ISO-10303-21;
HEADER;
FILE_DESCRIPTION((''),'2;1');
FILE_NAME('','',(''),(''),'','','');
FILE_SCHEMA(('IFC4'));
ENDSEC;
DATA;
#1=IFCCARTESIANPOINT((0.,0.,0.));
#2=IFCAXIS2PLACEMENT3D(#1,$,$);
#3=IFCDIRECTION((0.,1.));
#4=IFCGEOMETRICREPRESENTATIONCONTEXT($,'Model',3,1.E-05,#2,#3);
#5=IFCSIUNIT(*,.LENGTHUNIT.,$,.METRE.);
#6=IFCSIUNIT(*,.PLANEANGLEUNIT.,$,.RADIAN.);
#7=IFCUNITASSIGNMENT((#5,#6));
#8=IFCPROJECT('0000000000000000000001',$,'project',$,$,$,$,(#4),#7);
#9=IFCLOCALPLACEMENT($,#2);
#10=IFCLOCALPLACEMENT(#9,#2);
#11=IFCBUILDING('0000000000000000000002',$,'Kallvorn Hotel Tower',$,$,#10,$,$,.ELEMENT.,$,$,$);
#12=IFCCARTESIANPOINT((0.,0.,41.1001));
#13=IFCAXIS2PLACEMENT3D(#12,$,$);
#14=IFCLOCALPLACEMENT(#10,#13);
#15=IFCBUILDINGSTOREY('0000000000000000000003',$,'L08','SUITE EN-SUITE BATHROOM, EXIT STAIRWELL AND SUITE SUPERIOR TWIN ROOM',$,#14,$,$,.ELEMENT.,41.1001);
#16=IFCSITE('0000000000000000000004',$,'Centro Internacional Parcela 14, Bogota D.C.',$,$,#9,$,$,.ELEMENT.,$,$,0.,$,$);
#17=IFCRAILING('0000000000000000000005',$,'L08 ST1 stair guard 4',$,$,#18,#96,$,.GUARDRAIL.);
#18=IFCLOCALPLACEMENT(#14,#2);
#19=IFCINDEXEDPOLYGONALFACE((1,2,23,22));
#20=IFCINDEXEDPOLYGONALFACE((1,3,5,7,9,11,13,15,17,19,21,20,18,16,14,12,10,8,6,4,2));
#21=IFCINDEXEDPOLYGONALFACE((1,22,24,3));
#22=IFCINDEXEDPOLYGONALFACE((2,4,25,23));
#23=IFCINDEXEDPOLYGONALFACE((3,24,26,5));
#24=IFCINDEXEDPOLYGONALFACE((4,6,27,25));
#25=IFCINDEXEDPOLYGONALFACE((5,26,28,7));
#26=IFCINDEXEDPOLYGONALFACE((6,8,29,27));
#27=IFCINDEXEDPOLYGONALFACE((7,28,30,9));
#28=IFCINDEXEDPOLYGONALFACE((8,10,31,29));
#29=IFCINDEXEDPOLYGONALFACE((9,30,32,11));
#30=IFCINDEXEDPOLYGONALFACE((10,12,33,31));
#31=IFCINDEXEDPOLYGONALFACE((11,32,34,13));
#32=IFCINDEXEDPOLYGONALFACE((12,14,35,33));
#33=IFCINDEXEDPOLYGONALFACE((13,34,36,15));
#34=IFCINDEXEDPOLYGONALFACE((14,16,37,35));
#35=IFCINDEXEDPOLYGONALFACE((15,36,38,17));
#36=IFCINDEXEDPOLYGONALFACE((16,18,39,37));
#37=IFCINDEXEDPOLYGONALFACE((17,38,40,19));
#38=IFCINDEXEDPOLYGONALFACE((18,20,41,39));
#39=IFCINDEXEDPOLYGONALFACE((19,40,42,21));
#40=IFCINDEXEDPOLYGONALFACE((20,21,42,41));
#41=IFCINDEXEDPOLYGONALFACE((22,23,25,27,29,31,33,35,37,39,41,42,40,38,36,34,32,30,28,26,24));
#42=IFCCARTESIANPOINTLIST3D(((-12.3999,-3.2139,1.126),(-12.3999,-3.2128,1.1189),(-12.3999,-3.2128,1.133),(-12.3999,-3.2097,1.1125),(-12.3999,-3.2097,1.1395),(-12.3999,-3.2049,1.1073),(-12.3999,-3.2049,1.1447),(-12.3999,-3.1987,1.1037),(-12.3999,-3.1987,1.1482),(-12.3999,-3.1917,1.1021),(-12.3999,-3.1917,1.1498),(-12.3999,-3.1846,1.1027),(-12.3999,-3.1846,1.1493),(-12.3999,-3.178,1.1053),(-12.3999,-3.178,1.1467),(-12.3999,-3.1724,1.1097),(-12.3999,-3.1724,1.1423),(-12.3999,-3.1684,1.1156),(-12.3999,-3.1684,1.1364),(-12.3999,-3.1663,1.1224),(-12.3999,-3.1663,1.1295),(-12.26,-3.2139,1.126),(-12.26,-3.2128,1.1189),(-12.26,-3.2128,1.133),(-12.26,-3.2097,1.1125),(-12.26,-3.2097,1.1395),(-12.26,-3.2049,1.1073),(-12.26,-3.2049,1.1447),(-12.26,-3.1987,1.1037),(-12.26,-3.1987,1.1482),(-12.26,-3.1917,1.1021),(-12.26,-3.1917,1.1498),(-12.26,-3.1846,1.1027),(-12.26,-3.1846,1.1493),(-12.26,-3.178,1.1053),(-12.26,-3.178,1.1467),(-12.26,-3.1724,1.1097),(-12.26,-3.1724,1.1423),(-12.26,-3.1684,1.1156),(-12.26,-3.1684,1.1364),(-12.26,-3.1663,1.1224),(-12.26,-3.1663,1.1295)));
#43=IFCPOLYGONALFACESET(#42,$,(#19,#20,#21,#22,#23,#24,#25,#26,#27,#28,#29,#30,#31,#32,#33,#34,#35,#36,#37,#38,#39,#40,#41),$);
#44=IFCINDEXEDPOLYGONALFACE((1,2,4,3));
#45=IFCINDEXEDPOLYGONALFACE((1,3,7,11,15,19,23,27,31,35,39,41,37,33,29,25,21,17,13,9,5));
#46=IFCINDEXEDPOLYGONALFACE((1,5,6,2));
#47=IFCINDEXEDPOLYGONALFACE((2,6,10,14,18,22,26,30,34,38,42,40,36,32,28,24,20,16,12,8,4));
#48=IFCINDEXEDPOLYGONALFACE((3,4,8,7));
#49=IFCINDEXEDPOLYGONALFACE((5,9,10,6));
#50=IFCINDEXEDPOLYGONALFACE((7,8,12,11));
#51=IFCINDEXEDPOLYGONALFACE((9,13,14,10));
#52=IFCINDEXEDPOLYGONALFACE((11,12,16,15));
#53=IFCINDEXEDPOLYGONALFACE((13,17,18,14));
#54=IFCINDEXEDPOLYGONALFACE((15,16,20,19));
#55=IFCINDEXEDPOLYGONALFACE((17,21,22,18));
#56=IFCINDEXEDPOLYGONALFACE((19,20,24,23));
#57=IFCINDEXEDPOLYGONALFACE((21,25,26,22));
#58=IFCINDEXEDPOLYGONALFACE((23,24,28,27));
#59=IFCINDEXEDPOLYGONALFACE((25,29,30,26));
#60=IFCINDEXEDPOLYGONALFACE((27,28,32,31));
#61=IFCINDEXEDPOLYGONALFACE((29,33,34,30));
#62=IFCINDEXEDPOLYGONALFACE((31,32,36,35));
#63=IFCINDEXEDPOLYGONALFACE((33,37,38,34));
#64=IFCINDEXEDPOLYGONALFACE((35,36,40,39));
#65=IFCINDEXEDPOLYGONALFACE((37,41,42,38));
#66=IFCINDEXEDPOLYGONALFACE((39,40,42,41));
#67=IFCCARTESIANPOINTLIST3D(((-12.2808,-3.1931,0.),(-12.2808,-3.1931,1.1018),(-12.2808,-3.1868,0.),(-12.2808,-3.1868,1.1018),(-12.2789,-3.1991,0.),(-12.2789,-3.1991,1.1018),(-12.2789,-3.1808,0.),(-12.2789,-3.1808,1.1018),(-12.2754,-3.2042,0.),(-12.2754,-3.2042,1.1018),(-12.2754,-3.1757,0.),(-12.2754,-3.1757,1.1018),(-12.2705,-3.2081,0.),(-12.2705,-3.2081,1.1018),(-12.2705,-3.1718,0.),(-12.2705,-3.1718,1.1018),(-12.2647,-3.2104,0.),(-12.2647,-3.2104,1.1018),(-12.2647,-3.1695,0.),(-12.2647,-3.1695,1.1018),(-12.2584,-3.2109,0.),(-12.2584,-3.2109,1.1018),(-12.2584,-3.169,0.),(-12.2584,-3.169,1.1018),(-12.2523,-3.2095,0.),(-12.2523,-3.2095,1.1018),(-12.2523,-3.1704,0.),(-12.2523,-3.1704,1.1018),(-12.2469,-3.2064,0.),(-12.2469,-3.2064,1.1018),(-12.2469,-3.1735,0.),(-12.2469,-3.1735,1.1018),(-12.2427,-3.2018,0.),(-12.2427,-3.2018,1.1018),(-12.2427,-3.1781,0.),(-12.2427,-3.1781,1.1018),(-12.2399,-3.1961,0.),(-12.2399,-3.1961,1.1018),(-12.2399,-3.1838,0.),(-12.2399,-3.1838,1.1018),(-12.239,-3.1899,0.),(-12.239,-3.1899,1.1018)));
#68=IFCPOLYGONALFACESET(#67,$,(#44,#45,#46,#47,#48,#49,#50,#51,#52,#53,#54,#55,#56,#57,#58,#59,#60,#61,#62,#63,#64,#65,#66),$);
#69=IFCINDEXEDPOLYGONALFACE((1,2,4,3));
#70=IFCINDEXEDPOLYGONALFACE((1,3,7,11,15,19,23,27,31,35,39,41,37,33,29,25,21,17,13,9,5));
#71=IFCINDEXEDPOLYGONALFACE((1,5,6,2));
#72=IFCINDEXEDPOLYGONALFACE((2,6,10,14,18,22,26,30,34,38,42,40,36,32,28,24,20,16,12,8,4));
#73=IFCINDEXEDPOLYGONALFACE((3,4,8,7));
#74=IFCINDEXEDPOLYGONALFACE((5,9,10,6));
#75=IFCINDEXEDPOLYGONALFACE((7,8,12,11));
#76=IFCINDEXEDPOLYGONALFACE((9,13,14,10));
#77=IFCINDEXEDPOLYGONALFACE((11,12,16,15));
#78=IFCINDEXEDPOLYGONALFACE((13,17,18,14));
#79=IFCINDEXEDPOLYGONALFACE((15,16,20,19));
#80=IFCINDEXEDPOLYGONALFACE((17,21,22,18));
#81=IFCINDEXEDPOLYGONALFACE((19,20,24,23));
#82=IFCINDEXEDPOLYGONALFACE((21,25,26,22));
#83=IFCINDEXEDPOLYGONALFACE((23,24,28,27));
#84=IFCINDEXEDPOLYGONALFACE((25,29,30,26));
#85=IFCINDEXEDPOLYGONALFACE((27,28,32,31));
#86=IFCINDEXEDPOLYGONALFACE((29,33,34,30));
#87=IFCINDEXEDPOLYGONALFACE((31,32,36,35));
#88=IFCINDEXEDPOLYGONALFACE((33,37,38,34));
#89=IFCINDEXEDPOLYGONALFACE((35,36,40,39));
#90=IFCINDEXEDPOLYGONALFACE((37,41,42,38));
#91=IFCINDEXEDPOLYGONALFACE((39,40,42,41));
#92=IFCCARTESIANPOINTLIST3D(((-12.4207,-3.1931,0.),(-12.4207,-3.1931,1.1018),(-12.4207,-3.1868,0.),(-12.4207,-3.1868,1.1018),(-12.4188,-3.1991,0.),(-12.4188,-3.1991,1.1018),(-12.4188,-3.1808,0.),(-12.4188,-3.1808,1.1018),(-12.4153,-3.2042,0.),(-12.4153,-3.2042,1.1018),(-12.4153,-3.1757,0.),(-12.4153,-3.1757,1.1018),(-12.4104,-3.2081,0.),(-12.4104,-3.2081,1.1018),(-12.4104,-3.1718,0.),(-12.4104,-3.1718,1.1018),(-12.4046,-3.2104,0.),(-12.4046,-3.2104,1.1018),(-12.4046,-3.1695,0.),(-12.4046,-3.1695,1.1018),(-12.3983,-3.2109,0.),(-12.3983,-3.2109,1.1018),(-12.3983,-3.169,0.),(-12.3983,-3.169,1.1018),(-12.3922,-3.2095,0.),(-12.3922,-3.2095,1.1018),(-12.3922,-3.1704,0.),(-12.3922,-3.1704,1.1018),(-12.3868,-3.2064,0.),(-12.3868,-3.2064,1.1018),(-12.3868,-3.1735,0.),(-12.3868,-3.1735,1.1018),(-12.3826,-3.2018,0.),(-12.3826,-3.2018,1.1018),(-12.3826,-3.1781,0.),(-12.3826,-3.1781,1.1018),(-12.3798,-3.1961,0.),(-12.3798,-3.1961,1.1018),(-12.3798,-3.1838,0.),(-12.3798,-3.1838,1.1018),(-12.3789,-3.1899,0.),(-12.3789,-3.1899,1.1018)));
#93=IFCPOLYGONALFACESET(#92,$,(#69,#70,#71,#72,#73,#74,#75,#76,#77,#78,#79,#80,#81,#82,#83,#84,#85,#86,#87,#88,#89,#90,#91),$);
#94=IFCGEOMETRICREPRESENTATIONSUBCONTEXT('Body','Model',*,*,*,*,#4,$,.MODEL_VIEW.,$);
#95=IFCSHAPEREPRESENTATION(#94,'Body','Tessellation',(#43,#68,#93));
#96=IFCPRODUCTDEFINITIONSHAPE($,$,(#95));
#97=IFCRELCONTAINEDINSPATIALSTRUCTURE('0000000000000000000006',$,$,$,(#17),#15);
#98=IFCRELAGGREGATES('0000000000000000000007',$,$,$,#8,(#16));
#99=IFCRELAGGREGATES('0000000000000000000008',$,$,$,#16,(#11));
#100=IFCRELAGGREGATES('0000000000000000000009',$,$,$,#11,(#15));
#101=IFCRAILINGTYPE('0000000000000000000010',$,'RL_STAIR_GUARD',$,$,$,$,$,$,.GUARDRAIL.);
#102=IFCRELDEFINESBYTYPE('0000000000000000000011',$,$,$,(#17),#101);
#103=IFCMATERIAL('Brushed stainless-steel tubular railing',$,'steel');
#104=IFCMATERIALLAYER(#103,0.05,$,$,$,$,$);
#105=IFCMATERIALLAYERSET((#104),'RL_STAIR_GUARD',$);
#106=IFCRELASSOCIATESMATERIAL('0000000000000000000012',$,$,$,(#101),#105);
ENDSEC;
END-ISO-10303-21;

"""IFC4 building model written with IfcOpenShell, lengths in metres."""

from ifc_helpers import new_model, si_unit, direction, frame, origin, origin_2d, place, context, subcontext, project, spatial, circle, extrude, material, layer, layer_set, type_object, element, save


model = new_model("IFC4")

# Units and contexts
model_context = context("Model", 3, precision=1e-05, world=origin(), true_north=direction((0.0, 1.0)))
body_context = subcontext(model_context, "Body", "Model", "MODEL_VIEW")
ifc_project = project(units=[si_unit("LENGTHUNIT", "METRE"), si_unit("PLANEANGLEUNIT", "RADIAN")], contexts=[model_context])

# Site, building, storey
site_placement = place(None, origin())
site = spatial("IfcSite", under=ifc_project, at=site_placement, Name="Centro Internacional Parcela 14, Bogota D.C.", CompositionType="ELEMENT", RefElevation=0.0)
building_placement = place(site_placement, origin())
building = spatial("IfcBuilding", under=site, at=building_placement, Name="Kallvorn Hotel Tower", CompositionType="ELEMENT")
storey_placement = place(building_placement, frame((0.0, 0.0, 41.1001)))
storey = spatial("IfcBuildingStorey", under=building, at=storey_placement, Name="L08", Description="SUITE EN-SUITE BATHROOM, EXIT STAIRWELL AND SUITE SUPERIOR TWIN ROOM", CompositionType="ELEMENT", Elevation=41.1001)

# Railing
ifc_material_1 = material(Name="Brushed stainless-steel tubular railing", Category="steel")
ifc_layer_1 = layer(ifc_material_1, 0.05)
ifc_layer_set_1 = layer_set([ifc_layer_1], Name="RL_STAIR_GUARD")
railing_type_1 = type_object("IfcRailingType", Name="RL_STAIR_GUARD", PredefinedType="GUARDRAIL", material=ifc_layer_set_1)
railing_1_placement = place(storey_placement, frame((-12.26, -3.1899, 0.0)))
element("IfcRailing", 1, at=railing_1_placement, inside=storey, type_object=railing_type_1, Name="L08 ST1 stair guard 4", PredefinedType="GUARDRAIL", context=body_context, shape_type="SweptSolid", body=[
    extrude(circle(Radius=0.0239, at=origin_2d()), frame((0.0, 0.0, 1.126), z_axis=(-1.0, 0.0, 0.0), x_axis=(0.0, -1.0, 0.0)), (0.0, 0.0, 1.0), 0.1399),
    extrude(circle(Radius=0.021, at=origin_2d()), origin(), (0.0, 0.0, 1.0), 1.1018),
    extrude(circle(Radius=0.021, at=origin_2d()), frame((-0.1399, 0.0, 0.0)), (0.0, 0.0, 1.0), 1.1018),
])

save(model, "model.ifc")
